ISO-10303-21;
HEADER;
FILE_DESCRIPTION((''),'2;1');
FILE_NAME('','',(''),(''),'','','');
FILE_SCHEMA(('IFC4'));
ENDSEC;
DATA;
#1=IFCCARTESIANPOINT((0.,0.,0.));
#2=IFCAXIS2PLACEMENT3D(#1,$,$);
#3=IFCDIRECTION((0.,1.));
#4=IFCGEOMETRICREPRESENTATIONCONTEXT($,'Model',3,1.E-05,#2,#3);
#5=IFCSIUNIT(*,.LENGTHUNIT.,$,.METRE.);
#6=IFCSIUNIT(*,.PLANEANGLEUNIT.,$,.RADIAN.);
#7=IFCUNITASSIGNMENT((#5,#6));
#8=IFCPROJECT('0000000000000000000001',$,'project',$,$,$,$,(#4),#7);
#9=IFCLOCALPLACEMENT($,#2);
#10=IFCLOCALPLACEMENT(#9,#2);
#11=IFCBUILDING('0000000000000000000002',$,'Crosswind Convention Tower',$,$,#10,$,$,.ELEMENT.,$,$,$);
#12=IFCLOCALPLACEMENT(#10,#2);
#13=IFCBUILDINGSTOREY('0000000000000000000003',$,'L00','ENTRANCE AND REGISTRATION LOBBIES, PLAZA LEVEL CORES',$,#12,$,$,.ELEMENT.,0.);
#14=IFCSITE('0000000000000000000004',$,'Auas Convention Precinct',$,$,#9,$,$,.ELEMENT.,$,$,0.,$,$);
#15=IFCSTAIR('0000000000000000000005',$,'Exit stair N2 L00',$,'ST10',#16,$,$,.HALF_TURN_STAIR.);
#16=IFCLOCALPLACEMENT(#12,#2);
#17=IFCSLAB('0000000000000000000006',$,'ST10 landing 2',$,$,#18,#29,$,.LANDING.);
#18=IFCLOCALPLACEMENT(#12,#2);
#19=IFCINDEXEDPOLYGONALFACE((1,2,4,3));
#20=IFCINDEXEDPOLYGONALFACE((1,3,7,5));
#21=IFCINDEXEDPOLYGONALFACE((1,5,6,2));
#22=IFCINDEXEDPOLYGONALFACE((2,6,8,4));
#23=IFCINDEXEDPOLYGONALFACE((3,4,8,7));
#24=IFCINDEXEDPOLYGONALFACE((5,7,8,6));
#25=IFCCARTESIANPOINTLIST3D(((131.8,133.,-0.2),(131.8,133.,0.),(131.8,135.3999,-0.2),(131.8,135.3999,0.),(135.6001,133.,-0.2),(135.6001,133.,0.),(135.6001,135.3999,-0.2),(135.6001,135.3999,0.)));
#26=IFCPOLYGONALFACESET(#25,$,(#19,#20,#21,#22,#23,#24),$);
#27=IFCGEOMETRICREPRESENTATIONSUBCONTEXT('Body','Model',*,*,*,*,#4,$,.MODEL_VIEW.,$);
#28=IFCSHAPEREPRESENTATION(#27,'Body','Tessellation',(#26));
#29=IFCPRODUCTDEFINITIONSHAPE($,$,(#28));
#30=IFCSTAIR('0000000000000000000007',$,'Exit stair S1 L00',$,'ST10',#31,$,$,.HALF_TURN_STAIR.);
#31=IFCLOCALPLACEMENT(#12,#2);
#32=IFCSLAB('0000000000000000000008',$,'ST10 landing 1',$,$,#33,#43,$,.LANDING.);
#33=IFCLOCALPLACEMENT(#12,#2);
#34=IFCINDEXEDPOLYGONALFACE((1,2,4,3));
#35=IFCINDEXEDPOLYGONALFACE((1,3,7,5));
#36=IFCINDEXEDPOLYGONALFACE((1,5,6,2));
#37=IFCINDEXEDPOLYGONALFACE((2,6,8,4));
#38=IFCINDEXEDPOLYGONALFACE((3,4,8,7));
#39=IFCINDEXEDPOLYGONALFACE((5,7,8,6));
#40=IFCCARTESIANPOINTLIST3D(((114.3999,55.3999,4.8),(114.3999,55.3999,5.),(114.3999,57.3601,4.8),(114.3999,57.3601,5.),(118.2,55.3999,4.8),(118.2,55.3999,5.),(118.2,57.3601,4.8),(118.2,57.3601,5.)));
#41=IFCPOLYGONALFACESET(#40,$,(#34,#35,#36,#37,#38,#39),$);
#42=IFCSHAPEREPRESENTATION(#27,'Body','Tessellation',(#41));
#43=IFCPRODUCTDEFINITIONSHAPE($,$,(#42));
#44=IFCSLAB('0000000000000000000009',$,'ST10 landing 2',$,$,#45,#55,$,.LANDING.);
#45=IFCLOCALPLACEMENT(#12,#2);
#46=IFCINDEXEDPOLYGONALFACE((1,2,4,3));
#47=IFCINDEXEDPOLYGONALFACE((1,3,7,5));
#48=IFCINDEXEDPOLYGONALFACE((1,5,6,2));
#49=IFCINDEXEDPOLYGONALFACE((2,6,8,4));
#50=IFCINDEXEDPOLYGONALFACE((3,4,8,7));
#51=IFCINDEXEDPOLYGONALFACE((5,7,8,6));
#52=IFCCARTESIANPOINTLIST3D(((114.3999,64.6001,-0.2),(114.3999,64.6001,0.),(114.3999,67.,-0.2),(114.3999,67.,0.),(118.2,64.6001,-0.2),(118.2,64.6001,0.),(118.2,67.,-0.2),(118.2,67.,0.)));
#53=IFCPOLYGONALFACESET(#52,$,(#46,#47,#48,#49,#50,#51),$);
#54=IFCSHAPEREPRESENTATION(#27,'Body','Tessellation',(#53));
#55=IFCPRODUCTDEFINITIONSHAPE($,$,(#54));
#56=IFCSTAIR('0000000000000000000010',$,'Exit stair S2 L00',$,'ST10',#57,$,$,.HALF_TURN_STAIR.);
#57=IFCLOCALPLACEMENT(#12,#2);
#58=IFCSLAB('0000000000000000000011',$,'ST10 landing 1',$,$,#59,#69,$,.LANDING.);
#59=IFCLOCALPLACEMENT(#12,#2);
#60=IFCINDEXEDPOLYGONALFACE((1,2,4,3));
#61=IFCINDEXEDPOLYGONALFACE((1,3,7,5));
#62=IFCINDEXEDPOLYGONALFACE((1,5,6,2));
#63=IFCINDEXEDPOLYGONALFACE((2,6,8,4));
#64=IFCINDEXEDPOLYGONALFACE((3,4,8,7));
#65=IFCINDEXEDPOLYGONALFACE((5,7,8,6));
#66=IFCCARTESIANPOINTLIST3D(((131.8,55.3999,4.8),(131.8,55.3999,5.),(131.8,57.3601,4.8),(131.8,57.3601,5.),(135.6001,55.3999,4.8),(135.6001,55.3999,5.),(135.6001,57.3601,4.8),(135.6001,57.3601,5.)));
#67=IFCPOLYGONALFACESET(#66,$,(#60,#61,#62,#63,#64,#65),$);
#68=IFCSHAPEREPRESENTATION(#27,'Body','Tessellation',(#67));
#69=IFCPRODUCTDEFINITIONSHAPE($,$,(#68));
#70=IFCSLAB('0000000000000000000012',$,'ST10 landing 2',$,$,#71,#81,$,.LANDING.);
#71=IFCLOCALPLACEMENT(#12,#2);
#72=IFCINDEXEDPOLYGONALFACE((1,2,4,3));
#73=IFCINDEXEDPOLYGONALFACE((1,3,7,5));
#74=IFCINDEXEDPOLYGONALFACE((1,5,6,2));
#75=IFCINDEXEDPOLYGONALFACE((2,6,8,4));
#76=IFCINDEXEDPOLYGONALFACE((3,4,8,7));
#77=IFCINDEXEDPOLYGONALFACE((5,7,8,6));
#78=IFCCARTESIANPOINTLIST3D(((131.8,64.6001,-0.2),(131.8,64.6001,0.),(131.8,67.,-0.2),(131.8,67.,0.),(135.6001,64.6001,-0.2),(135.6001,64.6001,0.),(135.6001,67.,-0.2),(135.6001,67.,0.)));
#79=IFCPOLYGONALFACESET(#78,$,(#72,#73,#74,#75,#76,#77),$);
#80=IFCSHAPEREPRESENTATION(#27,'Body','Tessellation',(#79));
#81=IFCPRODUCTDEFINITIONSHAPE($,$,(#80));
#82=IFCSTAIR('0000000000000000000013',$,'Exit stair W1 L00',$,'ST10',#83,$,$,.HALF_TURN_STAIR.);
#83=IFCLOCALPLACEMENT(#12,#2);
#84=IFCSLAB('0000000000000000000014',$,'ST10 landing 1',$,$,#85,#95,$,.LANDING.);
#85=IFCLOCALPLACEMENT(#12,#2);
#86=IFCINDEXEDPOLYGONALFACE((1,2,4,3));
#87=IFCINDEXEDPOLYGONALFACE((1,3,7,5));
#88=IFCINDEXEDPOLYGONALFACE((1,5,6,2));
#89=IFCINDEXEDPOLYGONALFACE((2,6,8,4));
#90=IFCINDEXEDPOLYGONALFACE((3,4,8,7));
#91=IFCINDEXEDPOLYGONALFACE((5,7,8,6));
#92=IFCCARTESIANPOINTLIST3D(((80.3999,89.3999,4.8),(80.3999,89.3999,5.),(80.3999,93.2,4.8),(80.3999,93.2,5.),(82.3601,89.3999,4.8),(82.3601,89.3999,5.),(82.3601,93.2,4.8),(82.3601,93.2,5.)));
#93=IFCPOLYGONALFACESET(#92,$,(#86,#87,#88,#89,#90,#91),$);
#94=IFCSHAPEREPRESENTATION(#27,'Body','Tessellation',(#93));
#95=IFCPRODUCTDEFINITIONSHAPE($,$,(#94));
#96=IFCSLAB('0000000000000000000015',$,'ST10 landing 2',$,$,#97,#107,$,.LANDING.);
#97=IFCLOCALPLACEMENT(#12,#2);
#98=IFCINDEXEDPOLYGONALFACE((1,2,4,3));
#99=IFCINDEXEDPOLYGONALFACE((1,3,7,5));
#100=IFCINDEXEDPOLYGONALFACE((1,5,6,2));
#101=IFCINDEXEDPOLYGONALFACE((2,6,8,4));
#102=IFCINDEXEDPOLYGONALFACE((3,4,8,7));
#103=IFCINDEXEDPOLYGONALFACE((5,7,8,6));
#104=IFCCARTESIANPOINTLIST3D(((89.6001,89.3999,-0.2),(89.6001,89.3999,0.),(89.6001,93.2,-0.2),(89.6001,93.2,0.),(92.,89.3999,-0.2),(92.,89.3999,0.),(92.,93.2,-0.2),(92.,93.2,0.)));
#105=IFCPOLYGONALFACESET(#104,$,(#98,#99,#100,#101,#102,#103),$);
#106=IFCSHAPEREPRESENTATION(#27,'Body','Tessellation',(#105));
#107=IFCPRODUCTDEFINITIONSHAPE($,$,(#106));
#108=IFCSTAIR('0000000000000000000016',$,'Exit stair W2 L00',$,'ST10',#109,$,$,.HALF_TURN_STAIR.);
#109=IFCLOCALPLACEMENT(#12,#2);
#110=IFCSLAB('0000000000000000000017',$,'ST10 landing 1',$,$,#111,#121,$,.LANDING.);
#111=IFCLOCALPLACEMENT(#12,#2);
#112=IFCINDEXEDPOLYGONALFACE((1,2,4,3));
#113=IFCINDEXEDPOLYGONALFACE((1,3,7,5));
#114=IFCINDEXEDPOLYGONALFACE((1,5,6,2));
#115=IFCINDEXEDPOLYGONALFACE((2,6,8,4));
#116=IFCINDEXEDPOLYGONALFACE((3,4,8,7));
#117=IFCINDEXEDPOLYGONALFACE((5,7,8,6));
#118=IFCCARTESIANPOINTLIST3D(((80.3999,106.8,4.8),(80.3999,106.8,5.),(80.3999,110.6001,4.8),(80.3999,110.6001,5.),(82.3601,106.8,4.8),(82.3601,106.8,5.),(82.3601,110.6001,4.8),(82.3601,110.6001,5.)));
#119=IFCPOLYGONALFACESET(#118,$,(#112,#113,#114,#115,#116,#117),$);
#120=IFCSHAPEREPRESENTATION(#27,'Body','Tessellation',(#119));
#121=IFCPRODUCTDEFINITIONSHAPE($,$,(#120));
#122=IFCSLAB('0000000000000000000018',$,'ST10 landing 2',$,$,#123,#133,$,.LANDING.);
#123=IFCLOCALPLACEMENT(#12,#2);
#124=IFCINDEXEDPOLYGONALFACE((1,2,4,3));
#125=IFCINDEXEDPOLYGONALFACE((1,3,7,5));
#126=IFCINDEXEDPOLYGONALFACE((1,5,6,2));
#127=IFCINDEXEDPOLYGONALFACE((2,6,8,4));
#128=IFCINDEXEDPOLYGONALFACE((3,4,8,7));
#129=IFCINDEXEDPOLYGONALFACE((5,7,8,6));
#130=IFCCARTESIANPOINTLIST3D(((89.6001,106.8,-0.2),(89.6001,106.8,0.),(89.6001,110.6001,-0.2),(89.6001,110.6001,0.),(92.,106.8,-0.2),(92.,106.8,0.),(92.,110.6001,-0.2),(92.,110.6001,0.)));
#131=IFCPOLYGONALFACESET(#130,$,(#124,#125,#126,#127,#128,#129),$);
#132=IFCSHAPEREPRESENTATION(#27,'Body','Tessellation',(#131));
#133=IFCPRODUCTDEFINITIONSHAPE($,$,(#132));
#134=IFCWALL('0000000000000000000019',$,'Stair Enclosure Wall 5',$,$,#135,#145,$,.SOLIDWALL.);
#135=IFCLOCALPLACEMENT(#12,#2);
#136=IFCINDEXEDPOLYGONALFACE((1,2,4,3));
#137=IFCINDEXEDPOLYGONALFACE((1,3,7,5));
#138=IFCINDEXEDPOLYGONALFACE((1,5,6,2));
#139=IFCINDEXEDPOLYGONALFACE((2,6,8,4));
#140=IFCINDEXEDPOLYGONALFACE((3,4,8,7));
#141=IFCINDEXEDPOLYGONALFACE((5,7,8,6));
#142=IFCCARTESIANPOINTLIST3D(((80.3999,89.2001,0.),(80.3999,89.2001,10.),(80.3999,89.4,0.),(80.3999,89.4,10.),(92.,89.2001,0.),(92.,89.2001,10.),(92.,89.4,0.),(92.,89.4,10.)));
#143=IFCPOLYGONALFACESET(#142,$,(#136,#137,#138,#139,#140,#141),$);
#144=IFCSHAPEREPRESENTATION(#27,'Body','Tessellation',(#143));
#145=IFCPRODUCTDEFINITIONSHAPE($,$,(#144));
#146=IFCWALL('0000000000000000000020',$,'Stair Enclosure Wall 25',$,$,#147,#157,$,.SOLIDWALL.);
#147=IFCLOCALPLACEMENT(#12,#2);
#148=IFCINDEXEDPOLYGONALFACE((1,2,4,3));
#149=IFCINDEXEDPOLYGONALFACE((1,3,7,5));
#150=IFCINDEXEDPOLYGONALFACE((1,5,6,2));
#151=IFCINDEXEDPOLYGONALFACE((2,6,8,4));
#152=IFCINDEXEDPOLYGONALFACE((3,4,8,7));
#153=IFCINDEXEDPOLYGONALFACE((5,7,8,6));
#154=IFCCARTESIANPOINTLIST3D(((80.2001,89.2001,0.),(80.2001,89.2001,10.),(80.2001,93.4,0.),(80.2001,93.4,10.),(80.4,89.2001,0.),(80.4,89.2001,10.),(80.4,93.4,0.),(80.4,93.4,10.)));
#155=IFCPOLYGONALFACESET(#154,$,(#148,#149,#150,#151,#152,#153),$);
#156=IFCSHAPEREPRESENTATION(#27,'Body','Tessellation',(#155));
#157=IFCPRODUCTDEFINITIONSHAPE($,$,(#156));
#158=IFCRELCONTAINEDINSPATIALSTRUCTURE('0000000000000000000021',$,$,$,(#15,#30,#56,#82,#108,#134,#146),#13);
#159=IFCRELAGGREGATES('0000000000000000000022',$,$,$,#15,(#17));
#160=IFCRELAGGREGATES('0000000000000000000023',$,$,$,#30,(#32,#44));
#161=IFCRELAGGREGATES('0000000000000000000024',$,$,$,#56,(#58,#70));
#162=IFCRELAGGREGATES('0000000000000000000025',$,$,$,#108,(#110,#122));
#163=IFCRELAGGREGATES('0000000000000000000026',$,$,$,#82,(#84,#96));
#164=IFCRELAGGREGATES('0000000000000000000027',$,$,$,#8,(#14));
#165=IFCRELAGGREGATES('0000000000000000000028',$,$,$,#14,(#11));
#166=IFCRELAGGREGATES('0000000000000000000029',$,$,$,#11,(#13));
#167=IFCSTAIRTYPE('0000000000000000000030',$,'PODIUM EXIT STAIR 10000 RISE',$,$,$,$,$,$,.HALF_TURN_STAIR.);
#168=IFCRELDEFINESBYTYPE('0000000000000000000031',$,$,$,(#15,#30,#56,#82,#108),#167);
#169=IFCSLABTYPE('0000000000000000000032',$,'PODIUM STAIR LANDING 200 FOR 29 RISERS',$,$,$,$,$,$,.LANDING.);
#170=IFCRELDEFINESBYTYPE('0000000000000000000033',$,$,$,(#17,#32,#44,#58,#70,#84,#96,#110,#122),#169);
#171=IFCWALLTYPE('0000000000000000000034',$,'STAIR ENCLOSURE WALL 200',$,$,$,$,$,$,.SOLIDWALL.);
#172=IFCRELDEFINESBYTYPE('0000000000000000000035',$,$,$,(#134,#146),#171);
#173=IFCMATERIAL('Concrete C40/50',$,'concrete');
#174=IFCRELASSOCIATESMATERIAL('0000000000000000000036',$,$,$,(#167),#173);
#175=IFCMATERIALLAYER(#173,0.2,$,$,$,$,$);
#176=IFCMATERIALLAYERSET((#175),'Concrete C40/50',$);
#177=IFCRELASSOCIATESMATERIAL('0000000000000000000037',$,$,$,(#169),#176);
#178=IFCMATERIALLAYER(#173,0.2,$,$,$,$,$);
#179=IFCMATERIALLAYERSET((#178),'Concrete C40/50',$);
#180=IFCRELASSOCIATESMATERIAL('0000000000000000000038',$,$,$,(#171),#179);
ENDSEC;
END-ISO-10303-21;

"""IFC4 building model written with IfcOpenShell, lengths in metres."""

from ifc_helpers import new_model, si_unit, direction, frame, frame_2d, origin, place, context, subcontext, project, spatial, polyline, rectangle, outline, extrude, material, layer, layer_set, type_object, element, aggregate, save


model = new_model("IFC4")

# Units and contexts
model_context = context("Model", 3, precision=1e-05, world=origin(), true_north=direction((0.0, 1.0)))
body_context = subcontext(model_context, "Body", "Model", "MODEL_VIEW")
ifc_project = project(units=[si_unit("LENGTHUNIT", "METRE"), si_unit("PLANEANGLEUNIT", "RADIAN")], contexts=[model_context])

# Site, building, storey
site_placement = place(None, origin())
site = spatial("IfcSite", under=ifc_project, at=site_placement, Name="Auas Convention Precinct", CompositionType="ELEMENT", RefElevation=0.0)
building_placement = place(site_placement, origin())
building = spatial("IfcBuilding", under=site, at=building_placement, Name="Crosswind Convention Tower", CompositionType="ELEMENT")
storey_placement = place(building_placement, origin())
storey = spatial("IfcBuildingStorey", under=building, at=storey_placement, Name="L00", Description="ENTRANCE AND REGISTRATION LOBBIES, PLAZA LEVEL CORES", CompositionType="ELEMENT", Elevation=0.0)

# Shared definitions
ifc_material_1 = material(Name="Concrete C40/50", Category="concrete")

# Stairs, slabs
stair_type = type_object("IfcStairType", Name="PODIUM EXIT STAIR 10000 RISE", PredefinedType="HALF_TURN_STAIR", material=ifc_material_1)
ifc_layer_1 = layer(ifc_material_1, 0.2)
ifc_layer_set_1 = layer_set([ifc_layer_1], Name="Concrete C40/50")
slab_type = type_object("IfcSlabType", Name="PODIUM STAIR LANDING 200 FOR 29 RISERS", PredefinedType="LANDING", material=ifc_layer_set_1)
stair_1_placement = place(storey_placement, origin())
stair_1 = element("IfcStair", 1, at=stair_1_placement, inside=storey, type_object=stair_type, Name="Exit stair N2 L00", ObjectType="ST10", PredefinedType="HALF_TURN_STAIR")
slab_1_placement = place(storey_placement, frame((0.0, 0.0, -0.2)))
slab_1 = element("IfcSlab", 2, at=slab_1_placement, type_object=slab_type, Name="ST10 landing 2", PredefinedType="LANDING", context=body_context, shape_type="SweptSolid", body=[
    extrude(outline(polyline([(135.6001, 133.0), (135.6001, 135.3999), (131.8, 135.3999), (131.8, 133.0), (135.6001, 133.0)])), origin(), (0.0, 0.0, 1.0), 0.2),
])
aggregate(stair_1, [slab_1])
stair_2_placement = place(storey_placement, origin())
stair_2 = element("IfcStair", 3, at=stair_2_placement, inside=storey, type_object=stair_type, Name="Exit stair S1 L00", ObjectType="ST10", PredefinedType="HALF_TURN_STAIR")
slab_2_placement = place(storey_placement, frame((0.0, 0.0, 4.8)))
slab_2 = element("IfcSlab", 4, at=slab_2_placement, type_object=slab_type, Name="ST10 landing 1", PredefinedType="LANDING", context=body_context, shape_type="SweptSolid", body=[
    extrude(outline(polyline([(114.3999, 57.3601), (114.3999, 55.3999), (118.2, 55.3999), (118.2, 57.3601), (114.3999, 57.3601)])), origin(), (0.0, 0.0, 1.0), 0.2),
])
slab_3_placement = place(storey_placement, frame((0.0, 0.0, -0.2)))
slab_3 = element("IfcSlab", 5, at=slab_3_placement, type_object=slab_type, Name="ST10 landing 2", PredefinedType="LANDING", context=body_context, shape_type="SweptSolid", body=[
    extrude(outline(polyline([(114.3999, 67.0), (114.3999, 64.6001), (118.2, 64.6001), (118.2, 67.0), (114.3999, 67.0)])), origin(), (0.0, 0.0, 1.0), 0.2),
])
aggregate(stair_2, [slab_2, slab_3])
stair_3_placement = place(storey_placement, origin())
stair_3 = element("IfcStair", 6, at=stair_3_placement, inside=storey, type_object=stair_type, Name="Exit stair S2 L00", ObjectType="ST10", PredefinedType="HALF_TURN_STAIR")
slab_4_placement = place(storey_placement, frame((0.0, 0.0, 4.8)))
slab_4 = element("IfcSlab", 7, at=slab_4_placement, type_object=slab_type, Name="ST10 landing 1", PredefinedType="LANDING", context=body_context, shape_type="SweptSolid", body=[
    extrude(outline(polyline([(131.8, 57.3601), (131.8, 55.3999), (135.6001, 55.3999), (135.6001, 57.3601), (131.8, 57.3601)])), origin(), (0.0, 0.0, 1.0), 0.2),
])
slab_5_placement = place(storey_placement, frame((0.0, 0.0, -0.2)))
slab_5 = element("IfcSlab", 8, at=slab_5_placement, type_object=slab_type, Name="ST10 landing 2", PredefinedType="LANDING", context=body_context, shape_type="SweptSolid", body=[
    extrude(outline(polyline([(131.8, 67.0), (131.8, 64.6001), (135.6001, 64.6001), (135.6001, 67.0), (131.8, 67.0)])), origin(), (0.0, 0.0, 1.0), 0.2),
])
aggregate(stair_3, [slab_4, slab_5])
stair_4_placement = place(storey_placement, origin())
stair_4 = element("IfcStair", 9, at=stair_4_placement, inside=storey, type_object=stair_type, Name="Exit stair W1 L00", ObjectType="ST10", PredefinedType="HALF_TURN_STAIR")
slab_6_placement = place(storey_placement, frame((0.0, 0.0, 4.8)))
slab_6 = element("IfcSlab", 10, at=slab_6_placement, type_object=slab_type, Name="ST10 landing 1", PredefinedType="LANDING", context=body_context, shape_type="SweptSolid", body=[
    extrude(outline(polyline([(82.3601, 93.2), (80.3999, 93.2), (80.3999, 89.3999), (82.3601, 89.3999), (82.3601, 93.2)])), origin(), (0.0, 0.0, 1.0), 0.2),
])
slab_7_placement = place(storey_placement, frame((0.0, 0.0, -0.2)))
slab_7 = element("IfcSlab", 11, at=slab_7_placement, type_object=slab_type, Name="ST10 landing 2", PredefinedType="LANDING", context=body_context, shape_type="SweptSolid", body=[
    extrude(outline(polyline([(92.0, 93.2), (89.6001, 93.2), (89.6001, 89.3999), (92.0, 89.3999), (92.0, 93.2)])), origin(), (0.0, 0.0, 1.0), 0.2),
])
stair_5_placement = place(storey_placement, origin())
stair_5 = element("IfcStair", 12, at=stair_5_placement, inside=storey, type_object=stair_type, Name="Exit stair W2 L00", ObjectType="ST10", PredefinedType="HALF_TURN_STAIR")
slab_8_placement = place(storey_placement, frame((0.0, 0.0, 4.8)))
slab_8 = element("IfcSlab", 13, at=slab_8_placement, type_object=slab_type, Name="ST10 landing 1", PredefinedType="LANDING", context=body_context, shape_type="SweptSolid", body=[
    extrude(outline(polyline([(82.3601, 110.6001), (80.3999, 110.6001), (80.3999, 106.8), (82.3601, 106.8), (82.3601, 110.6001)])), origin(), (0.0, 0.0, 1.0), 0.2),
])
slab_9_placement = place(storey_placement, frame((0.0, 0.0, -0.2)))
slab_9 = element("IfcSlab", 14, at=slab_9_placement, type_object=slab_type, Name="ST10 landing 2", PredefinedType="LANDING", context=body_context, shape_type="SweptSolid", body=[
    extrude(outline(polyline([(92.0, 110.6001), (89.6001, 110.6001), (89.6001, 106.8), (92.0, 106.8), (92.0, 110.6001)])), origin(), (0.0, 0.0, 1.0), 0.2),
])
aggregate(stair_5, [slab_8, slab_9])

# Walls
ifc_layer_2 = layer(ifc_material_1, 0.2)
ifc_layer_set_2 = layer_set([ifc_layer_2], Name="Concrete C40/50")
wall_type = type_object("IfcWallType", Name="STAIR ENCLOSURE WALL 200", PredefinedType="SOLIDWALL", material=ifc_layer_set_2)
wall_1_placement = place(storey_placement, frame((80.3999, 89.3, 0.0), z_axis=(0.0, 0.0, 1.0), x_axis=(1.0, 0.0, 0.0)))
element("IfcWall", 15, at=wall_1_placement, inside=storey, type_object=wall_type, Name="Stair Enclosure Wall 5", PredefinedType="SOLIDWALL", context=body_context, shape_type="SweptSolid", body=[
    extrude(rectangle(XDim=11.6001, YDim=0.2, at=frame_2d((5.8, 0.0))), origin(), (0.0, 0.0, 1.0), 10.0),
])
wall_2_placement = place(storey_placement, frame((80.3, 89.2, 0.0), z_axis=(0.0, 0.0, 1.0), x_axis=(0.0, 1.0, 0.0)))
element("IfcWall", 16, at=wall_2_placement, inside=storey, type_object=wall_type, Name="Stair Enclosure Wall 25", PredefinedType="SOLIDWALL", context=body_context, shape_type="SweptSolid", body=[
    extrude(rectangle(XDim=4.2, YDim=0.2, at=frame_2d((2.1001, 0.0))), origin(), (0.0, 0.0, 1.0), 10.0),
])

aggregate(stair_4, [slab_6, slab_7])

save(model, "model.ifc")
